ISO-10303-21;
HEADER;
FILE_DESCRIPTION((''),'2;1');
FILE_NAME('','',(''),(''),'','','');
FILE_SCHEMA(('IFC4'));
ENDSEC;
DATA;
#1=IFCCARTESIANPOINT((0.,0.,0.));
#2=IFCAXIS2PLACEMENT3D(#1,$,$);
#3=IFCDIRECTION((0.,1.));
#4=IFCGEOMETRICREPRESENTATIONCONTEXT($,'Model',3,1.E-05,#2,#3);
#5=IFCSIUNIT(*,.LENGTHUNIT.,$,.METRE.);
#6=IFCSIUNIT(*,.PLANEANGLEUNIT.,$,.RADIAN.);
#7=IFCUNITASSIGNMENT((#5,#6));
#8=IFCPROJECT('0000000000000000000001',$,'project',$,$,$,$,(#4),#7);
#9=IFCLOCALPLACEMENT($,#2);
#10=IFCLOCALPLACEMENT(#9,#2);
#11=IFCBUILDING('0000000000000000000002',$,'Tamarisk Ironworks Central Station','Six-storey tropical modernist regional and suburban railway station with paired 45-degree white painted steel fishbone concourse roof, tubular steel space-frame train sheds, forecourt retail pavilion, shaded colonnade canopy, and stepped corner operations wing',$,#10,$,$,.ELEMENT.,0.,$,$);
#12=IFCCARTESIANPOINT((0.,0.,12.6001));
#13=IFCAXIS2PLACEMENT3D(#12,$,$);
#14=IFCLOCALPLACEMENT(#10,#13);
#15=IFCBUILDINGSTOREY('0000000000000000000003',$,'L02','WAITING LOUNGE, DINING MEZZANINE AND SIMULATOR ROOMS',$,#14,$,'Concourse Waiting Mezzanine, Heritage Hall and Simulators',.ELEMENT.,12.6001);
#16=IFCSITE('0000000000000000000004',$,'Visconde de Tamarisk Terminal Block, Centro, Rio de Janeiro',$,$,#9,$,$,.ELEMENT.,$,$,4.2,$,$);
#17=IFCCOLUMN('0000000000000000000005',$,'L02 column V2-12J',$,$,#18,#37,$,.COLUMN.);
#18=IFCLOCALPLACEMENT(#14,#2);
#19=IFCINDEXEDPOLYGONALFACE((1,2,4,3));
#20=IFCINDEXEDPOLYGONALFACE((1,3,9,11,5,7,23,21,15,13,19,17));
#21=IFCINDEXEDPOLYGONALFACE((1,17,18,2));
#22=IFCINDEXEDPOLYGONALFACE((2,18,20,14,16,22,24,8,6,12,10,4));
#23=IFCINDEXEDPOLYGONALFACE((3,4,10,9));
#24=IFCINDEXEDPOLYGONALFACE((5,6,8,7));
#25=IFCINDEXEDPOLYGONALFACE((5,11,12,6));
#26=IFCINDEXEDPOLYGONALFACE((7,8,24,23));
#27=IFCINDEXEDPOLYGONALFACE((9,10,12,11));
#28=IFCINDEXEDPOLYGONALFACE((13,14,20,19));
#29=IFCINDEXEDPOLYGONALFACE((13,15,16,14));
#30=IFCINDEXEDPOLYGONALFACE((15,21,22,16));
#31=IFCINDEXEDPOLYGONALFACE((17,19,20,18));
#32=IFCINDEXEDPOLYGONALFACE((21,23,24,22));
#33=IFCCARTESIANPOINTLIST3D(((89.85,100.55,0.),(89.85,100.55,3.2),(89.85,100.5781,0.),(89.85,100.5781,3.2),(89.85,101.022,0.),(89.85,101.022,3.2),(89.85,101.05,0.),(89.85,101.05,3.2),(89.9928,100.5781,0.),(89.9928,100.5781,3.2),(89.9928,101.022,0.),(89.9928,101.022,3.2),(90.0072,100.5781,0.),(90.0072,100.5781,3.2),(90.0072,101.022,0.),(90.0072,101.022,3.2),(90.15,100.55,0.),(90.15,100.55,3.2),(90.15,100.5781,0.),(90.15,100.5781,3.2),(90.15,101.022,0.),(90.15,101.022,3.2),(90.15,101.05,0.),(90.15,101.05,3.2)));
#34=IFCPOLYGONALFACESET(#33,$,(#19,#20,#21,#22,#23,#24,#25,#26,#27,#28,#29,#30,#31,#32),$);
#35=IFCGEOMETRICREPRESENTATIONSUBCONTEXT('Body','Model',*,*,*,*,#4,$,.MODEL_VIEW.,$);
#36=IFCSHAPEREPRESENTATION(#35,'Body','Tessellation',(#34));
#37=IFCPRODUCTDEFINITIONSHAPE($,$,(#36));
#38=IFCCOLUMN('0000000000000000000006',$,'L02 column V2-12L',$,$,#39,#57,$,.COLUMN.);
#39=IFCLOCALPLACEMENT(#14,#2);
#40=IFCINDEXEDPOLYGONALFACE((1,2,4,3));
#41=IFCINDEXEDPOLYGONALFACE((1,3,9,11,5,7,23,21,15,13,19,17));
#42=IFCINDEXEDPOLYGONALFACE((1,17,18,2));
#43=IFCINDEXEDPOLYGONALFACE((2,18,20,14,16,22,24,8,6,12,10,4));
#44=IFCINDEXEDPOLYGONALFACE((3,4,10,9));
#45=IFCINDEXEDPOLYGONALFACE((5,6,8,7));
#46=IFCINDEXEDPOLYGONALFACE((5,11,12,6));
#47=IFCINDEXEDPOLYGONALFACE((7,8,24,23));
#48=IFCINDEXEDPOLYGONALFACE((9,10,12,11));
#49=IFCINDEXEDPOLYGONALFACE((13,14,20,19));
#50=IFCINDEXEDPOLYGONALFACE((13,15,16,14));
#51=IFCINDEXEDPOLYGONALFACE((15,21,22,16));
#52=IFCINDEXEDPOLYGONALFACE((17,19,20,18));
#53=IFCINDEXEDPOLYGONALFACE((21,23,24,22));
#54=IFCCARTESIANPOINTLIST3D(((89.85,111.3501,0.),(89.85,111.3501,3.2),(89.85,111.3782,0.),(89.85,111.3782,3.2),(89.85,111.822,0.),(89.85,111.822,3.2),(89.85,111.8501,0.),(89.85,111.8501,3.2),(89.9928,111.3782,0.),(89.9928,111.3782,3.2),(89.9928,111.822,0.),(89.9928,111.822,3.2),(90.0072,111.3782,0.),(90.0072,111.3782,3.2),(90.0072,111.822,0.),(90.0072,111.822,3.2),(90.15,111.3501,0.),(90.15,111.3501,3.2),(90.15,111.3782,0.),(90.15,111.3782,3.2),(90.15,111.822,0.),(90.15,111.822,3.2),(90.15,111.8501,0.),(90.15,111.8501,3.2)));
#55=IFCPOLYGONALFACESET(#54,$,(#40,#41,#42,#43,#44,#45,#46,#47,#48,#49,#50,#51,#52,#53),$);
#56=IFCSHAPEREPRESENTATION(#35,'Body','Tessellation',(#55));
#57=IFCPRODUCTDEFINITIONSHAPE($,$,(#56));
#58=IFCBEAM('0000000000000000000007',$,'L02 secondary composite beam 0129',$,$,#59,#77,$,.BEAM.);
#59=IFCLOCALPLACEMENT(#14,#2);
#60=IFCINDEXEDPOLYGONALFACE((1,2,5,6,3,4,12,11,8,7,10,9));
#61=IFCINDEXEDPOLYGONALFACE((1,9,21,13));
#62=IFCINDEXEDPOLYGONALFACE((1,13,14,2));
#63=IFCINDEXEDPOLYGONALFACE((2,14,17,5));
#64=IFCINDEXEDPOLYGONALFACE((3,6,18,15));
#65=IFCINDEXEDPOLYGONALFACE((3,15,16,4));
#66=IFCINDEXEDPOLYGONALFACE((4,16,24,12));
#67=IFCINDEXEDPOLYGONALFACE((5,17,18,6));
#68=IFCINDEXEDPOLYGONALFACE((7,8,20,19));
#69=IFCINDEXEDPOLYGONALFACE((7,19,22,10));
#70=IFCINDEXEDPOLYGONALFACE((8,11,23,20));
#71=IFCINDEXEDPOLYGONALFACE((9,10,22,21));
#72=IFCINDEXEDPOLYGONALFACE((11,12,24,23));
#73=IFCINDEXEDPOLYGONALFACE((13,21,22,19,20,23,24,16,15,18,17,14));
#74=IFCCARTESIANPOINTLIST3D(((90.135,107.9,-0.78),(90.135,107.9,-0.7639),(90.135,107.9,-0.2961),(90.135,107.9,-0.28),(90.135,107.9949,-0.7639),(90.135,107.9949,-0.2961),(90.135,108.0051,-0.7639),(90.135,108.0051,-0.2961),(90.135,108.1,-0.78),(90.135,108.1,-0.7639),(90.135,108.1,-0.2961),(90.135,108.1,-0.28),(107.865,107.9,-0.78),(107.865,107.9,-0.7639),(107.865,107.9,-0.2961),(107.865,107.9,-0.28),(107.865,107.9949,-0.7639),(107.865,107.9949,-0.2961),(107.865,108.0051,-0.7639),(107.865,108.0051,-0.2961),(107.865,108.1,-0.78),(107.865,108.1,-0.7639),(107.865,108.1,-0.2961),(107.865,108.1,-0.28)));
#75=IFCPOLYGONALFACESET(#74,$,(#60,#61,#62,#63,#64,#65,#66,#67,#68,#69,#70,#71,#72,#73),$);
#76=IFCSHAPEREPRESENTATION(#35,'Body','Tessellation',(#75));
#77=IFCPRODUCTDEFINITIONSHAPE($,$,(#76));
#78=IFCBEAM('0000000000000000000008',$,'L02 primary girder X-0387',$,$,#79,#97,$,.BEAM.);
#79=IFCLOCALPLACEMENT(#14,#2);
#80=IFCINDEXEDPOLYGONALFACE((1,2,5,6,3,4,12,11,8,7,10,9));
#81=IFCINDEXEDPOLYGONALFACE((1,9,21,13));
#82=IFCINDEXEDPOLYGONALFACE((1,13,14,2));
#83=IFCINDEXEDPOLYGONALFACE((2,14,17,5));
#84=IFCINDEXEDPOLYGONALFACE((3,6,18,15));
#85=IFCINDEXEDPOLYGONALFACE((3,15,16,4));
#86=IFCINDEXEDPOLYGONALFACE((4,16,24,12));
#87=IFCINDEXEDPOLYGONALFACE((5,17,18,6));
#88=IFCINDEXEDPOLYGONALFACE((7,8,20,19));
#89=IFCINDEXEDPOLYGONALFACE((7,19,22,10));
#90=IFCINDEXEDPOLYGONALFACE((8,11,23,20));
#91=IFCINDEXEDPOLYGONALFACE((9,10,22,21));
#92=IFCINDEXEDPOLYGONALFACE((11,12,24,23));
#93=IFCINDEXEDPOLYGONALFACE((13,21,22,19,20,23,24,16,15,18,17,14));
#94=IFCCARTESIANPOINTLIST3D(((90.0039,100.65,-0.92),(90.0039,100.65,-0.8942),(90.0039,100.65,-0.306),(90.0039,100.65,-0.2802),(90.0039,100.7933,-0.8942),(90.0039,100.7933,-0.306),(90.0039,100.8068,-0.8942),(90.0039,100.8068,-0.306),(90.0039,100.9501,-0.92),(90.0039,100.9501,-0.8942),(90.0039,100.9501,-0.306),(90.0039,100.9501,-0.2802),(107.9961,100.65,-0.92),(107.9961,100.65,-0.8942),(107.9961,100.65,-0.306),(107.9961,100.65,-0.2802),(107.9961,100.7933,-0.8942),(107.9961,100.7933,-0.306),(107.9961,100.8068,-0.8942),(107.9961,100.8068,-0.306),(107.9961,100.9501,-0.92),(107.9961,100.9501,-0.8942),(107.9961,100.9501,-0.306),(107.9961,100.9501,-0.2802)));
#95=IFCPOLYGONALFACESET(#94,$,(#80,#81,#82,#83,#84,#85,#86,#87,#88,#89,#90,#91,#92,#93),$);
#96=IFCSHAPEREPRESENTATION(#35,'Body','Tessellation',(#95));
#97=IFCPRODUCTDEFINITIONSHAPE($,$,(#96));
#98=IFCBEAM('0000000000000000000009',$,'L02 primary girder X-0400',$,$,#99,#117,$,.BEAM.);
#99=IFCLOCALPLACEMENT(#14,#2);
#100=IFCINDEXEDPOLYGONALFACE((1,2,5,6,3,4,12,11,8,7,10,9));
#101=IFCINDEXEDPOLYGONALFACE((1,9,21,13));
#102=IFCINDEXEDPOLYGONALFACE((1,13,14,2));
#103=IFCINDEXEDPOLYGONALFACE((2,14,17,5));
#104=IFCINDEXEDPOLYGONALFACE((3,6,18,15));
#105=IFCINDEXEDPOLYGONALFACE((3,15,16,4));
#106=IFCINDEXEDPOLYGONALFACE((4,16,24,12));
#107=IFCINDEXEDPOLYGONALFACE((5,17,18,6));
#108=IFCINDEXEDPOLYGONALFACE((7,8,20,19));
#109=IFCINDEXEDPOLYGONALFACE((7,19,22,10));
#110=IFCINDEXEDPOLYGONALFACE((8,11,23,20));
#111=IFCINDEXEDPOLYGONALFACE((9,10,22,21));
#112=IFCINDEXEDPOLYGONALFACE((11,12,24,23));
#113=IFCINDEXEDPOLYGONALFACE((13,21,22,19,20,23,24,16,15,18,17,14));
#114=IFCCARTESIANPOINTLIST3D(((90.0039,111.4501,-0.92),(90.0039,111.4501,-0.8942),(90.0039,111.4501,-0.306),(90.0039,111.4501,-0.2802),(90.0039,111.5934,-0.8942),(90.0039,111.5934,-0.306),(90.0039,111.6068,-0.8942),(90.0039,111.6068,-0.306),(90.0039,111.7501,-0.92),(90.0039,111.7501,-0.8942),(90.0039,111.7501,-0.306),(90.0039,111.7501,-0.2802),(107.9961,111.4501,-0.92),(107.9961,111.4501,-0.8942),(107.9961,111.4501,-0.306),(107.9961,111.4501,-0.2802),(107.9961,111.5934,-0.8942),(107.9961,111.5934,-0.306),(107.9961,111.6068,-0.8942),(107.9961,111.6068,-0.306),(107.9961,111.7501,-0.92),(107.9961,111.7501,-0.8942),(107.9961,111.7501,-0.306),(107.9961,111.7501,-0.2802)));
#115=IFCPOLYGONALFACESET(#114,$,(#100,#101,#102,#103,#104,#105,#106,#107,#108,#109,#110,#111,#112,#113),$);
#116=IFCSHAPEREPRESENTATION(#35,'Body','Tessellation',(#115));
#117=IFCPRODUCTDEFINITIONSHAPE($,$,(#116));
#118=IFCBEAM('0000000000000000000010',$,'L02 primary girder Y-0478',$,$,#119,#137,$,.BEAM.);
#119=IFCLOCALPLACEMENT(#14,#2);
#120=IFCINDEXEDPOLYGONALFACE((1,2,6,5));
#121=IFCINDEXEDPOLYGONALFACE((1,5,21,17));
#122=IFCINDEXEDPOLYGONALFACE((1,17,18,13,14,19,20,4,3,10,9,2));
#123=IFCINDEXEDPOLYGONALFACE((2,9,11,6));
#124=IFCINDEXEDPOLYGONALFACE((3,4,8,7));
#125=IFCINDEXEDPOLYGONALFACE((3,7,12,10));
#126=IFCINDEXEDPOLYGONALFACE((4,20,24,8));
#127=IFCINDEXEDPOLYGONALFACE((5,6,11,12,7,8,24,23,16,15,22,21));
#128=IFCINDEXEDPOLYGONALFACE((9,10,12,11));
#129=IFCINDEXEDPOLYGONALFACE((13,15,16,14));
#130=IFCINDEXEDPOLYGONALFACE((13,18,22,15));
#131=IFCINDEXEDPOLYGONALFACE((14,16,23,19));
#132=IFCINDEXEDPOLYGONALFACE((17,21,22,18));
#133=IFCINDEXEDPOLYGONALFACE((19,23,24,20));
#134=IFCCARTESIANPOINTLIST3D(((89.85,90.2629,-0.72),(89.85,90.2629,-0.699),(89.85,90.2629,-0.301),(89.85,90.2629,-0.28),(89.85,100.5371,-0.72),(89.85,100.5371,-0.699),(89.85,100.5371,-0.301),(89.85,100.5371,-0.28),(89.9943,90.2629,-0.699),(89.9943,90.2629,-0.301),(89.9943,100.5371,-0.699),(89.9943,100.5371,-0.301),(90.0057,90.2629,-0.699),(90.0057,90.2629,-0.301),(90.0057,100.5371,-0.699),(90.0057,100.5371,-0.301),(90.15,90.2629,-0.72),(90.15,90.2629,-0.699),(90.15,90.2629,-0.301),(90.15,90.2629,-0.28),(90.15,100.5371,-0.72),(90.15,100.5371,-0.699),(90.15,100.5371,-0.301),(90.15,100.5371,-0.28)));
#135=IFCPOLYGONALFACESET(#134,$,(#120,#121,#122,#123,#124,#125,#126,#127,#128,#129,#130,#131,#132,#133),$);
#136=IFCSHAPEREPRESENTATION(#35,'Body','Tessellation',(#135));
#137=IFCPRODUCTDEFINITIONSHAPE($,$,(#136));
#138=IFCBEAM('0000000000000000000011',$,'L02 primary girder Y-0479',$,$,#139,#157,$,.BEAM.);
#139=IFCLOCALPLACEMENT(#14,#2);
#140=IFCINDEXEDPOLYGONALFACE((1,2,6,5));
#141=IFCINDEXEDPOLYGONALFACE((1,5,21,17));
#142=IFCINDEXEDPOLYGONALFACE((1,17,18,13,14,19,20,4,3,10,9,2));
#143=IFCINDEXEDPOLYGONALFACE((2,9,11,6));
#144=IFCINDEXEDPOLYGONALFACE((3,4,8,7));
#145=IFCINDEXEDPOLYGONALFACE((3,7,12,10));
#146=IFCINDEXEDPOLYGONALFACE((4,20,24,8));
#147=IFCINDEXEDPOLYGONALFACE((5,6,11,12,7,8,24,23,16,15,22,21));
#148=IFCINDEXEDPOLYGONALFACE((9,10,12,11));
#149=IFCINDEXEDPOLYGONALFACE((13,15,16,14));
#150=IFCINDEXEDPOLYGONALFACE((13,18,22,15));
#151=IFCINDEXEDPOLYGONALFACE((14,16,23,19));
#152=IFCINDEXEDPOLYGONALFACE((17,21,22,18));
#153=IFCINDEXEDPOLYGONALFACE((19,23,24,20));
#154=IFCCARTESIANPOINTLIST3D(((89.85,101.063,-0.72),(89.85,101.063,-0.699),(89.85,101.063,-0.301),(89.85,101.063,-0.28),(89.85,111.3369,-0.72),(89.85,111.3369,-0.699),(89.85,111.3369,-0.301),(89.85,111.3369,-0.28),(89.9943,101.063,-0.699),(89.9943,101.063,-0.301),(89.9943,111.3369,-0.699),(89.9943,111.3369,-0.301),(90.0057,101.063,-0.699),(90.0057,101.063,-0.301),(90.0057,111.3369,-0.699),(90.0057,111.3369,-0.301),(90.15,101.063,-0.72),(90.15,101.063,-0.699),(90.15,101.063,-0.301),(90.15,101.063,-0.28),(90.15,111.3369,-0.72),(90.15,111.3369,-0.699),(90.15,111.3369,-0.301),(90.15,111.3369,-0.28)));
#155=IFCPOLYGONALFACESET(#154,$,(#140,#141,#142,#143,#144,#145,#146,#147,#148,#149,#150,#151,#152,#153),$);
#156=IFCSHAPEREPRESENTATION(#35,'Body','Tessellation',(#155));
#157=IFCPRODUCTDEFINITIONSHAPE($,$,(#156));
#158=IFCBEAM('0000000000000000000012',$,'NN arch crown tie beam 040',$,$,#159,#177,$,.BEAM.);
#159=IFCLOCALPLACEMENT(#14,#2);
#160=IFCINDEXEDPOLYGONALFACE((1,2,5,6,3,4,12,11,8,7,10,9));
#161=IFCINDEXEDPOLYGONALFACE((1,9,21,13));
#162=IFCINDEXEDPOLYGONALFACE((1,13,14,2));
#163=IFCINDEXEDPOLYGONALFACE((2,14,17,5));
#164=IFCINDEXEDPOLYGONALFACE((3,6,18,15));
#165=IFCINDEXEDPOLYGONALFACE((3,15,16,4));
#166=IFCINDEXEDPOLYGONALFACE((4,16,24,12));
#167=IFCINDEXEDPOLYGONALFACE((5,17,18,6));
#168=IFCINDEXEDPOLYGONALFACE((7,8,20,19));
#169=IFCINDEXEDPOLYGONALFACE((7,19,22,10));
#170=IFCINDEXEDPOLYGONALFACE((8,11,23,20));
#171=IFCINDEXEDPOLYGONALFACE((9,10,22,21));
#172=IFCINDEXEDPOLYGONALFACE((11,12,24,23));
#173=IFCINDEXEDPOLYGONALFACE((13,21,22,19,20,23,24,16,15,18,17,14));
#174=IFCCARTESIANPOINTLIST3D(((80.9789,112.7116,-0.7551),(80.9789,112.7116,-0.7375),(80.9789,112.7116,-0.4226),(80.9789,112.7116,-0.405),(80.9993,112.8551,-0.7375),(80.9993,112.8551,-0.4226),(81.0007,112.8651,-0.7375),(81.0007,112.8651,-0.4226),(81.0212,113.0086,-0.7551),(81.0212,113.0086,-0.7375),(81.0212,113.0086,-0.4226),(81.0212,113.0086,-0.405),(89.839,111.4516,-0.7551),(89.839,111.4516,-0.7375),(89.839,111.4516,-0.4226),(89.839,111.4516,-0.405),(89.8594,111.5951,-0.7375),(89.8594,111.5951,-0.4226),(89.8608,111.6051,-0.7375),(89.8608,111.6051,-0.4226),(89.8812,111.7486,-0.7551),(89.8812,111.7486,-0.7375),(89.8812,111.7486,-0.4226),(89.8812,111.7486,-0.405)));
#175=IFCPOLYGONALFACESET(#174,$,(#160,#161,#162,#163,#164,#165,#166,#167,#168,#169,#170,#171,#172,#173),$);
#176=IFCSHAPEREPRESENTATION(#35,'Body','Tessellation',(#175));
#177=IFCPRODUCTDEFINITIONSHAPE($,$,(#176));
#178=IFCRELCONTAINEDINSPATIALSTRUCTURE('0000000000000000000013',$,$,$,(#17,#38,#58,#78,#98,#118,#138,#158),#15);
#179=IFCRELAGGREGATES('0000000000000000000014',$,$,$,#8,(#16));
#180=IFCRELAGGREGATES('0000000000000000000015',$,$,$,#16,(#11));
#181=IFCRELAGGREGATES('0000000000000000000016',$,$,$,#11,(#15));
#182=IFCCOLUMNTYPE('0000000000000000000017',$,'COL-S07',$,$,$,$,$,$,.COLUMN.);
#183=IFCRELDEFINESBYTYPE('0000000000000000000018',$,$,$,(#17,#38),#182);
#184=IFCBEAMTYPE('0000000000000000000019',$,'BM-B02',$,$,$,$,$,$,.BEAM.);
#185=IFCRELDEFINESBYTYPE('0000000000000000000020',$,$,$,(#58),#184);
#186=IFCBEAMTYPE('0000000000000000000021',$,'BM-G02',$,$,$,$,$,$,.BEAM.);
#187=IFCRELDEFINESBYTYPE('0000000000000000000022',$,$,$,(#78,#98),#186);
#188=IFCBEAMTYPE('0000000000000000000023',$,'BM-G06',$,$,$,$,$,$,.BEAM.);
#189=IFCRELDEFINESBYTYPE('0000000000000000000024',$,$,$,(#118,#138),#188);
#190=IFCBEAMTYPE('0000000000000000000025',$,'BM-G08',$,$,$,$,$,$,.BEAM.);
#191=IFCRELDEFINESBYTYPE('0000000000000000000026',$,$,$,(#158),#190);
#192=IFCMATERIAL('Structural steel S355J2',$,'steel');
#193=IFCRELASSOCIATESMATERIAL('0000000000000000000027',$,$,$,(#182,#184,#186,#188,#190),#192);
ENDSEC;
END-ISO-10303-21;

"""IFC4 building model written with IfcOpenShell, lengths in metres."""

from ifc_helpers import new_model, si_unit, direction, frame, origin, origin_2d, place, context, subcontext, project, spatial, i_section, extrude, material, material_profile, profile_set, type_object, element, save


model = new_model("IFC4")

# Units and contexts
model_context = context("Model", 3, precision=1e-05, world=origin(), true_north=direction((0.0, 1.0)))
body_context = subcontext(model_context, "Body", "Model", "MODEL_VIEW")
ifc_project = project(units=[si_unit("LENGTHUNIT", "METRE"), si_unit("PLANEANGLEUNIT", "RADIAN")], contexts=[model_context])

# Site, building, storey
site_placement = place(None, origin())
site = spatial("IfcSite", under=ifc_project, at=site_placement, Name="Visconde de Tamarisk Terminal Block, Centro, Rio de Janeiro", CompositionType="ELEMENT", RefElevation=4.2)
building_placement = place(site_placement, origin())
building = spatial("IfcBuilding", under=site, at=building_placement, Name="Tamarisk Ironworks Central Station", Description="Six-storey tropical modernist regional and suburban railway station with paired 45-degree white painted steel fishbone concourse roof, tubular steel space-frame train sheds, forecourt retail pavilion, shaded colonnade canopy, and stepped corner operations wing", CompositionType="ELEMENT", ElevationOfRefHeight=0.0)
storey_placement = place(building_placement, frame((0.0, 0.0, 12.6001)))
storey = spatial("IfcBuildingStorey", under=building, at=storey_placement, Name="L02", Description="WAITING LOUNGE, DINING MEZZANINE AND SIMULATOR ROOMS", LongName="Concourse Waiting Mezzanine, Heritage Hall and Simulators", CompositionType="ELEMENT", Elevation=12.6001)

# Columns
ifc_material_1 = material(Name="Structural steel S355J2", Category="steel")
ifc_material_profile_1 = material_profile(ifc_material_1, i_section(OverallWidth=0.3, OverallDepth=0.5, WebThickness=0.0144, FlangeThickness=0.0281, at=origin_2d()), Name="HEB 500")
ifc_profile_set_1 = profile_set([ifc_material_profile_1], Name="Structural steel S355J2")
column_type = type_object("IfcColumnType", Name="COL-S07", PredefinedType="COLUMN", material=ifc_profile_set_1)
for number, where, z_axis, x_axis, name in (
    (1, (90.0, 100.8, 0.0), (0.0, 0.0, 1.0), (1.0, 0.0, 0.0), "L02 column V2-12J"),
    (2, (90.0, 111.6001, 0.0), (0.0, 0.0, 1.0), (1.0, 0.0, 0.0), "L02 column V2-12L"),
):
    element("IfcColumn", number, at=place(storey_placement, frame(where, z_axis=z_axis, x_axis=x_axis)), inside=storey, type_object=column_type, Name=name, PredefinedType="COLUMN", context=body_context, shape_type="SweptSolid", body=[
        extrude(i_section(OverallWidth=0.3, OverallDepth=0.5, WebThickness=0.0144, FlangeThickness=0.0281, at=origin_2d()), origin(), (0.0, 0.0, 1.0), 3.2),
    ])

# Beams
ifc_material_profile_2 = material_profile(ifc_material_1, i_section(OverallWidth=0.2, OverallDepth=0.5, WebThickness=0.0103, FlangeThickness=0.0161, at=origin_2d()), Name="IPE 500")
ifc_profile_set_2 = profile_set([ifc_material_profile_2], Name="Structural steel S355J2")
beam_type_1 = type_object("IfcBeamType", Name="BM-B02", PredefinedType="BEAM", material=ifc_profile_set_2)
beam_1_placement = place(storey_placement, frame((90.135, 108.0, -0.53), z_axis=(1.0, 0.0, 0.0), x_axis=(0.0, 1.0, 0.0)))
element("IfcBeam", 3, at=beam_1_placement, inside=storey, type_object=beam_type_1, Name="L02 secondary composite beam 0129", PredefinedType="BEAM", context=body_context, shape_type="SweptSolid", body=[
    extrude(i_section(OverallWidth=0.2, OverallDepth=0.5, WebThickness=0.0103, FlangeThickness=0.0161, at=origin_2d()), origin(), (0.0, 0.0, 1.0), 17.73),
])
ifc_material_profile_3 = material_profile(ifc_material_1, i_section(OverallWidth=0.3, OverallDepth=0.6399, WebThickness=0.0134, FlangeThickness=0.0259, at=origin_2d()), Name="HEA 650")
ifc_profile_set_3 = profile_set([ifc_material_profile_3], Name="Structural steel S355J2")
beam_type_2 = type_object("IfcBeamType", Name="BM-G02", PredefinedType="BEAM", material=ifc_profile_set_3)
for number, where, z_axis, x_axis, name in (
    (4, (90.0039, 100.8, -0.6001), (1.0, 0.0, 0.0), (0.0, 1.0, 0.0), "L02 primary girder X-0387"),
    (5, (90.0039, 111.6001, -0.6001), (1.0, 0.0, 0.0), (0.0, 1.0, 0.0), "L02 primary girder X-0400"),
):
    element("IfcBeam", number, at=place(storey_placement, frame(where, z_axis=z_axis, x_axis=x_axis)), inside=storey, type_object=beam_type_2, Name=name, PredefinedType="BEAM", context=body_context, shape_type="SweptSolid", body=[
        extrude(i_section(OverallWidth=0.3, OverallDepth=0.6399, WebThickness=0.0134, FlangeThickness=0.0259, at=origin_2d()), origin(), (0.0, 0.0, 1.0), 17.9922),
    ])
ifc_material_profile_4 = material_profile(ifc_material_1, i_section(OverallWidth=0.3, OverallDepth=0.4399, WebThickness=0.0115, FlangeThickness=0.021, at=origin_2d()), Name="HEA 450")
ifc_profile_set_4 = profile_set([ifc_material_profile_4], Name="Structural steel S355J2")
beam_type_3 = type_object("IfcBeamType", Name="BM-G06", PredefinedType="BEAM", material=ifc_profile_set_4)
beam_2_placement = place(storey_placement, frame((90.0, 90.2629, -0.5), z_axis=(0.0, 1.0, 0.0), x_axis=(-1.0, 0.0, 0.0)))
element("IfcBeam", 6, at=beam_2_placement, inside=storey, type_object=beam_type_3, Name="L02 primary girder Y-0478", PredefinedType="BEAM", context=body_context, shape_type="SweptSolid", body=[
    extrude(i_section(OverallWidth=0.3, OverallDepth=0.4399, WebThickness=0.0115, FlangeThickness=0.021, at=origin_2d()), origin(), (0.0, 0.0, 1.0), 10.2742),
])
beam_3_placement = place(storey_placement, frame((90.0, 101.063, -0.5), z_axis=(0.0, 1.0, 0.0), x_axis=(-1.0, 0.0, 0.0)))
element("IfcBeam", 7, at=beam_3_placement, inside=storey, type_object=beam_type_3, Name="L02 primary girder Y-0479", PredefinedType="BEAM", context=body_context, shape_type="SweptSolid", body=[
    extrude(i_section(OverallWidth=0.3, OverallDepth=0.4399, WebThickness=0.0115, FlangeThickness=0.021, at=origin_2d()), origin(), (0.0, 0.0, 1.0), 10.2739),
])
ifc_material_profile_5 = material_profile(ifc_material_1, i_section(OverallWidth=0.3, OverallDepth=0.3501, WebThickness=0.01, FlangeThickness=0.0176, at=origin_2d()), Name="HEA 360")
ifc_profile_set_5 = profile_set([ifc_material_profile_5], Name="Structural steel S355J2")
beam_type_4 = type_object("IfcBeamType", Name="BM-G08", PredefinedType="BEAM", material=ifc_profile_set_5)
beam_4_placement = place(storey_placement, frame((89.8601, 111.6001, -0.5801), z_axis=(-0.990039, 0.140795, 0.0), x_axis=(-0.140795, -0.990039, 0.0)))
element("IfcBeam", 8, at=beam_4_placement, inside=storey, type_object=beam_type_4, Name="NN arch crown tie beam 040", PredefinedType="BEAM", context=body_context, shape_type="SweptSolid", body=[
    extrude(i_section(OverallWidth=0.3, OverallDepth=0.3501, WebThickness=0.01, FlangeThickness=0.0176, at=origin_2d()), origin(), (0.0, 0.0, 1.0), 8.9492),
])

save(model, "model.ifc")
